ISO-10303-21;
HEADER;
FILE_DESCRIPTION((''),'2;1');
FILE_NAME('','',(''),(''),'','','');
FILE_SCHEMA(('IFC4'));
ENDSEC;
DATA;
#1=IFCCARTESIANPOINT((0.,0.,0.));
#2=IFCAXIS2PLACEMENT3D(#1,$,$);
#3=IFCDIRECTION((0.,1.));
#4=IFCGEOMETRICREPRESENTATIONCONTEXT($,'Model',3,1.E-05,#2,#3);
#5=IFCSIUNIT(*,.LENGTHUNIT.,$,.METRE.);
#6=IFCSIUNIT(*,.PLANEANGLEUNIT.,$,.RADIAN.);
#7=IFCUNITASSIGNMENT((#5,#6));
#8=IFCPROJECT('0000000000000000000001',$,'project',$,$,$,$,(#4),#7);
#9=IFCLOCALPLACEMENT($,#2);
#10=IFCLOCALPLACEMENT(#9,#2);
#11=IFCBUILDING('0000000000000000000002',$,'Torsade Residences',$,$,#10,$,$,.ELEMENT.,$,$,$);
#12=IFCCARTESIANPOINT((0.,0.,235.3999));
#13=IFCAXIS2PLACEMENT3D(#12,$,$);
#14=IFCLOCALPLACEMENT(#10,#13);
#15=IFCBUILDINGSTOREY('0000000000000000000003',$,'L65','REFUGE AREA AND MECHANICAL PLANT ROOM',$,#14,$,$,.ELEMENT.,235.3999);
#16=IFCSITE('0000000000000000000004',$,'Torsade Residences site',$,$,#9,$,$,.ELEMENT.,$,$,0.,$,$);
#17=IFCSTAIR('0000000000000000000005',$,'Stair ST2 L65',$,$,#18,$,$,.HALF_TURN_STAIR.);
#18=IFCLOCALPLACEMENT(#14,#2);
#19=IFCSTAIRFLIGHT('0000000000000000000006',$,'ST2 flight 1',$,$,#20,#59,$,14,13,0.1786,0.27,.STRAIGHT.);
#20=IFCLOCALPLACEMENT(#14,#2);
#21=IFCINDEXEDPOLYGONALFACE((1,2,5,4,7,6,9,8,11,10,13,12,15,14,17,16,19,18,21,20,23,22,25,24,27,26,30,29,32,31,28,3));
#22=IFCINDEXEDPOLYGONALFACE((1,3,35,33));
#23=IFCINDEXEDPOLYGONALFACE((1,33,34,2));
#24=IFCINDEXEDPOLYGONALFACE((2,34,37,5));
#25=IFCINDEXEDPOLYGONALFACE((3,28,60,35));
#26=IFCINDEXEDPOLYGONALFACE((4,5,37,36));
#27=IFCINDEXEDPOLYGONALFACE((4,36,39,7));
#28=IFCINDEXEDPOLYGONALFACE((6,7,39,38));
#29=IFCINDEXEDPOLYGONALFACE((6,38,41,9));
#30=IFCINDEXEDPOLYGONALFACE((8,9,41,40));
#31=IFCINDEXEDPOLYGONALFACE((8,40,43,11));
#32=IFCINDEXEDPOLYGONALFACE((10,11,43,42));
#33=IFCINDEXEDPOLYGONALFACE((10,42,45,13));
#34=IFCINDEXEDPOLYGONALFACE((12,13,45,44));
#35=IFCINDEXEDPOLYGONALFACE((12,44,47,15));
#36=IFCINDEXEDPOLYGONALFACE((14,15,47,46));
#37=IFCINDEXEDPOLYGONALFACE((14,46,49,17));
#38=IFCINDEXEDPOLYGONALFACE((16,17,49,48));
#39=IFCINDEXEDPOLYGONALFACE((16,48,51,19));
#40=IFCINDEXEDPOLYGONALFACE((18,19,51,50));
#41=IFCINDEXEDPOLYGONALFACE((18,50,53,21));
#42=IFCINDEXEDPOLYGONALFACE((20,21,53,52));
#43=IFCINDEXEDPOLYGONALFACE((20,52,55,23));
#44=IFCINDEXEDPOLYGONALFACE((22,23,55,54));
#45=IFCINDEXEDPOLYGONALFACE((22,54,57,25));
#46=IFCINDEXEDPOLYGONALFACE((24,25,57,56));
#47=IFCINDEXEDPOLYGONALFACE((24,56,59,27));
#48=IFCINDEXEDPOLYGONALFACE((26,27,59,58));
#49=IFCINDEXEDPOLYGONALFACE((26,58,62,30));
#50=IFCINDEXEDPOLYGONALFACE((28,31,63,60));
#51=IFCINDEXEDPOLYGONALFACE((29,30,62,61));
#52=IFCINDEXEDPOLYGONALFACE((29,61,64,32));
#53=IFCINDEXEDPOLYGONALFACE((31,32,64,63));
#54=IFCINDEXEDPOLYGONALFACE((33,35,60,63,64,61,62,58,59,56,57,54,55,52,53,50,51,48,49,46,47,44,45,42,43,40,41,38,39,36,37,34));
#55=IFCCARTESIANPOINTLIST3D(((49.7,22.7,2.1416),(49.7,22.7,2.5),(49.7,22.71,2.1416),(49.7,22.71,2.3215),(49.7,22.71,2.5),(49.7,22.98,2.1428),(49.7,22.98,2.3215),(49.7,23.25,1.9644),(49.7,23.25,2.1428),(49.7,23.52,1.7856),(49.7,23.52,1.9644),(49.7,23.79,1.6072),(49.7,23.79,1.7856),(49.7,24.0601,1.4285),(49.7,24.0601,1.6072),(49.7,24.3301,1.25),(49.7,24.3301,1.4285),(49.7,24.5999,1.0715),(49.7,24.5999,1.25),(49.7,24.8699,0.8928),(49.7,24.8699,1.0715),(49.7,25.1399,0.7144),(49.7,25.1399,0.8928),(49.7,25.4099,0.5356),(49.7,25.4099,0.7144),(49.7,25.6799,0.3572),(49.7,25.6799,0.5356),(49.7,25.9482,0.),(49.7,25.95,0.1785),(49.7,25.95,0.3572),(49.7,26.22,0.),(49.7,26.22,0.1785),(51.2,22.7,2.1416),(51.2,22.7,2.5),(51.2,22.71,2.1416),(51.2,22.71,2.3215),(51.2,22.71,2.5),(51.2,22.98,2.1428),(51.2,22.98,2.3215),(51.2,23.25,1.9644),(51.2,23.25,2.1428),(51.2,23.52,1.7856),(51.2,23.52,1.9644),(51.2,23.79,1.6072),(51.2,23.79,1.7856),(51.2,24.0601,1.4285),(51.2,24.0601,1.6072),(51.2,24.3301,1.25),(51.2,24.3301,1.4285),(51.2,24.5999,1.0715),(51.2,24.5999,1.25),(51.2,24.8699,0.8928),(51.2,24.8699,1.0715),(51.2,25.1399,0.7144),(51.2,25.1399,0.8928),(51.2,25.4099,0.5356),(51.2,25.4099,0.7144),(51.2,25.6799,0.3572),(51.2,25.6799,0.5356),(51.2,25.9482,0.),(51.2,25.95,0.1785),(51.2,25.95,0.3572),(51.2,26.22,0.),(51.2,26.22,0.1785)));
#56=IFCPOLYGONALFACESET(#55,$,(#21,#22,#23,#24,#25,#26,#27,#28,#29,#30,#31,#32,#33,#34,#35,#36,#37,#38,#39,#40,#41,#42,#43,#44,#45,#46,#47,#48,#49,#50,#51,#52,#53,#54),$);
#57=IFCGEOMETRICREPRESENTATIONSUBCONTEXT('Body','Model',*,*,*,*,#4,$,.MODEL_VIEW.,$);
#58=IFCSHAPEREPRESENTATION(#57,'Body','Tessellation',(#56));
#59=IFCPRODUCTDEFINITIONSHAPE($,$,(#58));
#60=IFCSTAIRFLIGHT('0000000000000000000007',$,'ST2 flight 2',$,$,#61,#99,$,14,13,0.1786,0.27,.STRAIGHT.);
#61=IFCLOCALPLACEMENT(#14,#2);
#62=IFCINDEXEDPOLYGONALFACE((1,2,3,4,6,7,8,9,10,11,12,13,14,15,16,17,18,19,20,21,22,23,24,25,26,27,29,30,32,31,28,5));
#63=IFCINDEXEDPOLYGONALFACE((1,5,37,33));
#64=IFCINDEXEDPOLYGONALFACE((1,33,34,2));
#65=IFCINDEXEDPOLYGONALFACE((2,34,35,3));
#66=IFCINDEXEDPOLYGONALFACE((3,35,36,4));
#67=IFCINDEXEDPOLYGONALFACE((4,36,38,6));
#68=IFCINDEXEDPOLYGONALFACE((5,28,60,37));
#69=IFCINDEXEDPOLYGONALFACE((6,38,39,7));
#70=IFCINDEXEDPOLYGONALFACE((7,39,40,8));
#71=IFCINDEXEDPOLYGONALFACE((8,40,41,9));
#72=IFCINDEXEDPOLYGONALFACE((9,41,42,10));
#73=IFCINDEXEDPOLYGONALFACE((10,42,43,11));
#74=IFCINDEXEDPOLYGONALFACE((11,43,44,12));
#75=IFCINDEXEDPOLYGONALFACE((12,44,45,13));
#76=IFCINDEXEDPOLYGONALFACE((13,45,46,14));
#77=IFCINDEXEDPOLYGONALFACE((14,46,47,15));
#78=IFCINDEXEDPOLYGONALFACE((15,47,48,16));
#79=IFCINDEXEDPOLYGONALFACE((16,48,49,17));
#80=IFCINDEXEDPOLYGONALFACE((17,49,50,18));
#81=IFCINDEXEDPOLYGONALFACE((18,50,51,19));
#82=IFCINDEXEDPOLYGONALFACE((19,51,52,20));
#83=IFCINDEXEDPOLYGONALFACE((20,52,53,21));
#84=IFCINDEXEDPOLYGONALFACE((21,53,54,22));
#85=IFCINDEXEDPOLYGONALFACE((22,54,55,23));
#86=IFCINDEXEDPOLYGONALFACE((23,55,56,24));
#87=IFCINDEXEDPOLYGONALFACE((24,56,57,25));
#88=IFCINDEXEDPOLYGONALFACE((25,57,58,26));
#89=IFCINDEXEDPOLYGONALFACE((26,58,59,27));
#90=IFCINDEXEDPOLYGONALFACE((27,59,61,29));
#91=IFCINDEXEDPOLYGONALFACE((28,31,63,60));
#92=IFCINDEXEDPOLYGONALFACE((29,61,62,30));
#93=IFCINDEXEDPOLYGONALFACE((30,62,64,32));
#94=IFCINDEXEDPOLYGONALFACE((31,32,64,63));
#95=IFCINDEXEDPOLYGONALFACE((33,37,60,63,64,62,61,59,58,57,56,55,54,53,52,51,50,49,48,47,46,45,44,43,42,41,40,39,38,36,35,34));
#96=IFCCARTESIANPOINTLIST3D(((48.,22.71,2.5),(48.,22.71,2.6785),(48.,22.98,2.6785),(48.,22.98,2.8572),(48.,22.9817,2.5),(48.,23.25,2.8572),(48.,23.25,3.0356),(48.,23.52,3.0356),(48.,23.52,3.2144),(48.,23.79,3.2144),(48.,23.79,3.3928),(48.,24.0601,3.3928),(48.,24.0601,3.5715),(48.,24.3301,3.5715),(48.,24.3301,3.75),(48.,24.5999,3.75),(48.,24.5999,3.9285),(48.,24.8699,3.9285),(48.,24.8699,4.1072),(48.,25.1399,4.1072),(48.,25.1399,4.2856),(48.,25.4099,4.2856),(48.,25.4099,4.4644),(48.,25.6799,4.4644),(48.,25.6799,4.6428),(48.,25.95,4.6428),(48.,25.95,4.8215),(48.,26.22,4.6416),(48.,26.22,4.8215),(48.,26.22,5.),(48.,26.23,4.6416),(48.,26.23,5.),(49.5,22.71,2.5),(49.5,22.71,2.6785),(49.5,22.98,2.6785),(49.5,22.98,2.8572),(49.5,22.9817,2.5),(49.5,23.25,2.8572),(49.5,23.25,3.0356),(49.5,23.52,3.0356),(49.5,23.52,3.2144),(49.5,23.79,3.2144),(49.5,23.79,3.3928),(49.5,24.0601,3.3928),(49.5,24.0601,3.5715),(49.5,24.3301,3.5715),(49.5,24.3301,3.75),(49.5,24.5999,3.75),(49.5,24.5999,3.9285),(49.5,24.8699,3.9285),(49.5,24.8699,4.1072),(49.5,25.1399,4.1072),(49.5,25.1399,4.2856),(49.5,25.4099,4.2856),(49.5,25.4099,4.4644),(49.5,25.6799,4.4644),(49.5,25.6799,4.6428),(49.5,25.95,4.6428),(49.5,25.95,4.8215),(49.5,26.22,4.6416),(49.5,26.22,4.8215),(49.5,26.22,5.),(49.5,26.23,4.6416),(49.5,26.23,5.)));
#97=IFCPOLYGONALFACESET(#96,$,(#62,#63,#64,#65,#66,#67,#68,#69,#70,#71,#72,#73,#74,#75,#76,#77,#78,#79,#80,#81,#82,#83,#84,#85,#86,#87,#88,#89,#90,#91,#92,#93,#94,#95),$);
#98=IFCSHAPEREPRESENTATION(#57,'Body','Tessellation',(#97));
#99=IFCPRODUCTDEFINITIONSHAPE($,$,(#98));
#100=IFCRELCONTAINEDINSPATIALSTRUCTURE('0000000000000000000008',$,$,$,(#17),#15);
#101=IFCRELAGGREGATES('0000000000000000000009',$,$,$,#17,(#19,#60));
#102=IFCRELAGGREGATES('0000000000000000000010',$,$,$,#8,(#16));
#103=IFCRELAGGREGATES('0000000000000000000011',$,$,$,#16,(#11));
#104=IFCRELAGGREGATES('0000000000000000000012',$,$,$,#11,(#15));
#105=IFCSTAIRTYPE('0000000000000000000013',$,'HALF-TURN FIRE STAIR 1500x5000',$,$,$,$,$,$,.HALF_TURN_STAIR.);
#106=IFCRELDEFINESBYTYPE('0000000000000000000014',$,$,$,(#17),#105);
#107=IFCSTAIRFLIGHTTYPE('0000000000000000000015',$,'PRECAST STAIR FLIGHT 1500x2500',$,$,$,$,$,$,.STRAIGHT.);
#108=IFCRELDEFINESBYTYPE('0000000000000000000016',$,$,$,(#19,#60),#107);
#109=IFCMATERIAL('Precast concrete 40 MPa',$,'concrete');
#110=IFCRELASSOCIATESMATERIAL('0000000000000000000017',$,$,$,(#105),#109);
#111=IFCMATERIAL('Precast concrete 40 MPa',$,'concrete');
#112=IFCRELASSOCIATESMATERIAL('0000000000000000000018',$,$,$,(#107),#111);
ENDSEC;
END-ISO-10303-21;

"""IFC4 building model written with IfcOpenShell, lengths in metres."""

from ifc_helpers import new_model, si_unit, direction, frame, origin, place, context, subcontext, project, spatial, polyline, outline, extrude, material, type_object, element, aggregate, save


model = new_model("IFC4")

# Units and contexts
model_context = context("Model", 3, precision=1e-05, world=origin(), true_north=direction((0.0, 1.0)))
body_context = subcontext(model_context, "Body", "Model", "MODEL_VIEW")
ifc_project = project(units=[si_unit("LENGTHUNIT", "METRE"), si_unit("PLANEANGLEUNIT", "RADIAN")], contexts=[model_context])

# Site, building, storey
site_placement = place(None, origin())
site = spatial("IfcSite", under=ifc_project, at=site_placement, Name="Torsade Residences site", CompositionType="ELEMENT", RefElevation=0.0)
building_placement = place(site_placement, origin())
building = spatial("IfcBuilding", under=site, at=building_placement, Name="Torsade Residences", CompositionType="ELEMENT")
storey_placement = place(building_placement, frame((0.0, 0.0, 235.3999)))
storey = spatial("IfcBuildingStorey", under=building, at=storey_placement, Name="L65", Description="REFUGE AREA AND MECHANICAL PLANT ROOM", CompositionType="ELEMENT", Elevation=235.3999)

# Stair, stair flights
ifc_material_1 = material(Name="Precast concrete 40 MPa", Category="concrete")
stair_type = type_object("IfcStairType", Name="HALF-TURN FIRE STAIR 1500x5000", PredefinedType="HALF_TURN_STAIR", material=ifc_material_1)
stair_placement = place(storey_placement, origin())
stair = element("IfcStair", 1, at=stair_placement, inside=storey, type_object=stair_type, Name="Stair ST2 L65", PredefinedType="HALF_TURN_STAIR")
ifc_material_2 = material(Name="Precast concrete 40 MPa", Category="concrete")
stair_flight_type = type_object("IfcStairFlightType", Name="PRECAST STAIR FLIGHT 1500x2500", PredefinedType="STRAIGHT", material=ifc_material_2)
stair_flight_1_placement = place(storey_placement, frame((50.45, 26.22, 0.0), z_axis=(0.0, 0.0, 1.0), x_axis=(0.0, -1.0, 0.0)))
stair_flight_1 = element("IfcStairFlight", 2, at=stair_flight_1_placement, type_object=stair_flight_type, Name="ST2 flight 1", NumberOfRisers=14, NumberOfTreads=13, PredefinedType="STRAIGHT", RiserHeight=0.1786, TreadLength=0.27, context=body_context, shape_type="SweptSolid", body=[
    extrude(outline(polyline([(0.0, 0.0), (0.0, 0.1785), (0.27, 0.1785), (0.27, 0.3572), (0.54, 0.3572), (0.54, 0.5356), (0.8101, 0.5356), (0.8101, 0.7144), (1.0801, 0.7144), (1.0801, 0.8928), (1.3501, 0.8928), (1.3501, 1.0715), (1.6201, 1.0715), (1.6201, 1.25), (1.8899, 1.25), (1.8899, 1.4285), (2.1599, 1.4285), (2.1599, 1.6072), (2.4299, 1.6072), (2.4299, 1.7856), (2.7, 1.7856), (2.7, 1.9644), (2.97, 1.9644), (2.97, 2.1428), (3.24, 2.1428), (3.24, 2.3215), (3.51, 2.3215), (3.51, 2.5), (3.52, 2.5), (3.52, 2.1416), (3.51, 2.1416), (0.2717, 0.0), (0.0, 0.0)])), frame((0.0, 0.75, 0.0), z_axis=(0.0, -1.0, 0.0), x_axis=(1.0, 0.0, 0.0)), (0.0, 0.0, 1.0), 1.5),
])
stair_flight_2_placement = place(storey_placement, frame((48.75, 22.71, 2.5), z_axis=(0.0, 0.0, 1.0), x_axis=(0.0, 1.0, 0.0)))
stair_flight_2 = element("IfcStairFlight", 3, at=stair_flight_2_placement, type_object=stair_flight_type, Name="ST2 flight 2", NumberOfRisers=14, NumberOfTreads=13, PredefinedType="STRAIGHT", RiserHeight=0.1786, TreadLength=0.27, context=body_context, shape_type="SweptSolid", body=[
    extrude(outline(polyline([(0.0, 0.0), (0.0, 0.1785), (0.27, 0.1785), (0.27, 0.3572), (0.54, 0.3572), (0.54, 0.5356), (0.8101, 0.5356), (0.8101, 0.7144), (1.0801, 0.7144), (1.0801, 0.8928), (1.3501, 0.8928), (1.3501, 1.0715), (1.6201, 1.0715), (1.6201, 1.25), (1.8899, 1.25), (1.8899, 1.4285), (2.1599, 1.4285), (2.1599, 1.6072), (2.4299, 1.6072), (2.4299, 1.7856), (2.7, 1.7856), (2.7, 1.9644), (2.97, 1.9644), (2.97, 2.1428), (3.24, 2.1428), (3.24, 2.3215), (3.51, 2.3215), (3.51, 2.5), (3.52, 2.5), (3.52, 2.1416), (3.51, 2.1416), (0.2717, 0.0), (0.0, 0.0)])), frame((0.0, 0.75, 0.0), z_axis=(0.0, -1.0, 0.0), x_axis=(1.0, 0.0, 0.0)), (0.0, 0.0, 1.0), 1.5),
])
aggregate(stair, [stair_flight_1, stair_flight_2])

save(model, "model.ifc")
